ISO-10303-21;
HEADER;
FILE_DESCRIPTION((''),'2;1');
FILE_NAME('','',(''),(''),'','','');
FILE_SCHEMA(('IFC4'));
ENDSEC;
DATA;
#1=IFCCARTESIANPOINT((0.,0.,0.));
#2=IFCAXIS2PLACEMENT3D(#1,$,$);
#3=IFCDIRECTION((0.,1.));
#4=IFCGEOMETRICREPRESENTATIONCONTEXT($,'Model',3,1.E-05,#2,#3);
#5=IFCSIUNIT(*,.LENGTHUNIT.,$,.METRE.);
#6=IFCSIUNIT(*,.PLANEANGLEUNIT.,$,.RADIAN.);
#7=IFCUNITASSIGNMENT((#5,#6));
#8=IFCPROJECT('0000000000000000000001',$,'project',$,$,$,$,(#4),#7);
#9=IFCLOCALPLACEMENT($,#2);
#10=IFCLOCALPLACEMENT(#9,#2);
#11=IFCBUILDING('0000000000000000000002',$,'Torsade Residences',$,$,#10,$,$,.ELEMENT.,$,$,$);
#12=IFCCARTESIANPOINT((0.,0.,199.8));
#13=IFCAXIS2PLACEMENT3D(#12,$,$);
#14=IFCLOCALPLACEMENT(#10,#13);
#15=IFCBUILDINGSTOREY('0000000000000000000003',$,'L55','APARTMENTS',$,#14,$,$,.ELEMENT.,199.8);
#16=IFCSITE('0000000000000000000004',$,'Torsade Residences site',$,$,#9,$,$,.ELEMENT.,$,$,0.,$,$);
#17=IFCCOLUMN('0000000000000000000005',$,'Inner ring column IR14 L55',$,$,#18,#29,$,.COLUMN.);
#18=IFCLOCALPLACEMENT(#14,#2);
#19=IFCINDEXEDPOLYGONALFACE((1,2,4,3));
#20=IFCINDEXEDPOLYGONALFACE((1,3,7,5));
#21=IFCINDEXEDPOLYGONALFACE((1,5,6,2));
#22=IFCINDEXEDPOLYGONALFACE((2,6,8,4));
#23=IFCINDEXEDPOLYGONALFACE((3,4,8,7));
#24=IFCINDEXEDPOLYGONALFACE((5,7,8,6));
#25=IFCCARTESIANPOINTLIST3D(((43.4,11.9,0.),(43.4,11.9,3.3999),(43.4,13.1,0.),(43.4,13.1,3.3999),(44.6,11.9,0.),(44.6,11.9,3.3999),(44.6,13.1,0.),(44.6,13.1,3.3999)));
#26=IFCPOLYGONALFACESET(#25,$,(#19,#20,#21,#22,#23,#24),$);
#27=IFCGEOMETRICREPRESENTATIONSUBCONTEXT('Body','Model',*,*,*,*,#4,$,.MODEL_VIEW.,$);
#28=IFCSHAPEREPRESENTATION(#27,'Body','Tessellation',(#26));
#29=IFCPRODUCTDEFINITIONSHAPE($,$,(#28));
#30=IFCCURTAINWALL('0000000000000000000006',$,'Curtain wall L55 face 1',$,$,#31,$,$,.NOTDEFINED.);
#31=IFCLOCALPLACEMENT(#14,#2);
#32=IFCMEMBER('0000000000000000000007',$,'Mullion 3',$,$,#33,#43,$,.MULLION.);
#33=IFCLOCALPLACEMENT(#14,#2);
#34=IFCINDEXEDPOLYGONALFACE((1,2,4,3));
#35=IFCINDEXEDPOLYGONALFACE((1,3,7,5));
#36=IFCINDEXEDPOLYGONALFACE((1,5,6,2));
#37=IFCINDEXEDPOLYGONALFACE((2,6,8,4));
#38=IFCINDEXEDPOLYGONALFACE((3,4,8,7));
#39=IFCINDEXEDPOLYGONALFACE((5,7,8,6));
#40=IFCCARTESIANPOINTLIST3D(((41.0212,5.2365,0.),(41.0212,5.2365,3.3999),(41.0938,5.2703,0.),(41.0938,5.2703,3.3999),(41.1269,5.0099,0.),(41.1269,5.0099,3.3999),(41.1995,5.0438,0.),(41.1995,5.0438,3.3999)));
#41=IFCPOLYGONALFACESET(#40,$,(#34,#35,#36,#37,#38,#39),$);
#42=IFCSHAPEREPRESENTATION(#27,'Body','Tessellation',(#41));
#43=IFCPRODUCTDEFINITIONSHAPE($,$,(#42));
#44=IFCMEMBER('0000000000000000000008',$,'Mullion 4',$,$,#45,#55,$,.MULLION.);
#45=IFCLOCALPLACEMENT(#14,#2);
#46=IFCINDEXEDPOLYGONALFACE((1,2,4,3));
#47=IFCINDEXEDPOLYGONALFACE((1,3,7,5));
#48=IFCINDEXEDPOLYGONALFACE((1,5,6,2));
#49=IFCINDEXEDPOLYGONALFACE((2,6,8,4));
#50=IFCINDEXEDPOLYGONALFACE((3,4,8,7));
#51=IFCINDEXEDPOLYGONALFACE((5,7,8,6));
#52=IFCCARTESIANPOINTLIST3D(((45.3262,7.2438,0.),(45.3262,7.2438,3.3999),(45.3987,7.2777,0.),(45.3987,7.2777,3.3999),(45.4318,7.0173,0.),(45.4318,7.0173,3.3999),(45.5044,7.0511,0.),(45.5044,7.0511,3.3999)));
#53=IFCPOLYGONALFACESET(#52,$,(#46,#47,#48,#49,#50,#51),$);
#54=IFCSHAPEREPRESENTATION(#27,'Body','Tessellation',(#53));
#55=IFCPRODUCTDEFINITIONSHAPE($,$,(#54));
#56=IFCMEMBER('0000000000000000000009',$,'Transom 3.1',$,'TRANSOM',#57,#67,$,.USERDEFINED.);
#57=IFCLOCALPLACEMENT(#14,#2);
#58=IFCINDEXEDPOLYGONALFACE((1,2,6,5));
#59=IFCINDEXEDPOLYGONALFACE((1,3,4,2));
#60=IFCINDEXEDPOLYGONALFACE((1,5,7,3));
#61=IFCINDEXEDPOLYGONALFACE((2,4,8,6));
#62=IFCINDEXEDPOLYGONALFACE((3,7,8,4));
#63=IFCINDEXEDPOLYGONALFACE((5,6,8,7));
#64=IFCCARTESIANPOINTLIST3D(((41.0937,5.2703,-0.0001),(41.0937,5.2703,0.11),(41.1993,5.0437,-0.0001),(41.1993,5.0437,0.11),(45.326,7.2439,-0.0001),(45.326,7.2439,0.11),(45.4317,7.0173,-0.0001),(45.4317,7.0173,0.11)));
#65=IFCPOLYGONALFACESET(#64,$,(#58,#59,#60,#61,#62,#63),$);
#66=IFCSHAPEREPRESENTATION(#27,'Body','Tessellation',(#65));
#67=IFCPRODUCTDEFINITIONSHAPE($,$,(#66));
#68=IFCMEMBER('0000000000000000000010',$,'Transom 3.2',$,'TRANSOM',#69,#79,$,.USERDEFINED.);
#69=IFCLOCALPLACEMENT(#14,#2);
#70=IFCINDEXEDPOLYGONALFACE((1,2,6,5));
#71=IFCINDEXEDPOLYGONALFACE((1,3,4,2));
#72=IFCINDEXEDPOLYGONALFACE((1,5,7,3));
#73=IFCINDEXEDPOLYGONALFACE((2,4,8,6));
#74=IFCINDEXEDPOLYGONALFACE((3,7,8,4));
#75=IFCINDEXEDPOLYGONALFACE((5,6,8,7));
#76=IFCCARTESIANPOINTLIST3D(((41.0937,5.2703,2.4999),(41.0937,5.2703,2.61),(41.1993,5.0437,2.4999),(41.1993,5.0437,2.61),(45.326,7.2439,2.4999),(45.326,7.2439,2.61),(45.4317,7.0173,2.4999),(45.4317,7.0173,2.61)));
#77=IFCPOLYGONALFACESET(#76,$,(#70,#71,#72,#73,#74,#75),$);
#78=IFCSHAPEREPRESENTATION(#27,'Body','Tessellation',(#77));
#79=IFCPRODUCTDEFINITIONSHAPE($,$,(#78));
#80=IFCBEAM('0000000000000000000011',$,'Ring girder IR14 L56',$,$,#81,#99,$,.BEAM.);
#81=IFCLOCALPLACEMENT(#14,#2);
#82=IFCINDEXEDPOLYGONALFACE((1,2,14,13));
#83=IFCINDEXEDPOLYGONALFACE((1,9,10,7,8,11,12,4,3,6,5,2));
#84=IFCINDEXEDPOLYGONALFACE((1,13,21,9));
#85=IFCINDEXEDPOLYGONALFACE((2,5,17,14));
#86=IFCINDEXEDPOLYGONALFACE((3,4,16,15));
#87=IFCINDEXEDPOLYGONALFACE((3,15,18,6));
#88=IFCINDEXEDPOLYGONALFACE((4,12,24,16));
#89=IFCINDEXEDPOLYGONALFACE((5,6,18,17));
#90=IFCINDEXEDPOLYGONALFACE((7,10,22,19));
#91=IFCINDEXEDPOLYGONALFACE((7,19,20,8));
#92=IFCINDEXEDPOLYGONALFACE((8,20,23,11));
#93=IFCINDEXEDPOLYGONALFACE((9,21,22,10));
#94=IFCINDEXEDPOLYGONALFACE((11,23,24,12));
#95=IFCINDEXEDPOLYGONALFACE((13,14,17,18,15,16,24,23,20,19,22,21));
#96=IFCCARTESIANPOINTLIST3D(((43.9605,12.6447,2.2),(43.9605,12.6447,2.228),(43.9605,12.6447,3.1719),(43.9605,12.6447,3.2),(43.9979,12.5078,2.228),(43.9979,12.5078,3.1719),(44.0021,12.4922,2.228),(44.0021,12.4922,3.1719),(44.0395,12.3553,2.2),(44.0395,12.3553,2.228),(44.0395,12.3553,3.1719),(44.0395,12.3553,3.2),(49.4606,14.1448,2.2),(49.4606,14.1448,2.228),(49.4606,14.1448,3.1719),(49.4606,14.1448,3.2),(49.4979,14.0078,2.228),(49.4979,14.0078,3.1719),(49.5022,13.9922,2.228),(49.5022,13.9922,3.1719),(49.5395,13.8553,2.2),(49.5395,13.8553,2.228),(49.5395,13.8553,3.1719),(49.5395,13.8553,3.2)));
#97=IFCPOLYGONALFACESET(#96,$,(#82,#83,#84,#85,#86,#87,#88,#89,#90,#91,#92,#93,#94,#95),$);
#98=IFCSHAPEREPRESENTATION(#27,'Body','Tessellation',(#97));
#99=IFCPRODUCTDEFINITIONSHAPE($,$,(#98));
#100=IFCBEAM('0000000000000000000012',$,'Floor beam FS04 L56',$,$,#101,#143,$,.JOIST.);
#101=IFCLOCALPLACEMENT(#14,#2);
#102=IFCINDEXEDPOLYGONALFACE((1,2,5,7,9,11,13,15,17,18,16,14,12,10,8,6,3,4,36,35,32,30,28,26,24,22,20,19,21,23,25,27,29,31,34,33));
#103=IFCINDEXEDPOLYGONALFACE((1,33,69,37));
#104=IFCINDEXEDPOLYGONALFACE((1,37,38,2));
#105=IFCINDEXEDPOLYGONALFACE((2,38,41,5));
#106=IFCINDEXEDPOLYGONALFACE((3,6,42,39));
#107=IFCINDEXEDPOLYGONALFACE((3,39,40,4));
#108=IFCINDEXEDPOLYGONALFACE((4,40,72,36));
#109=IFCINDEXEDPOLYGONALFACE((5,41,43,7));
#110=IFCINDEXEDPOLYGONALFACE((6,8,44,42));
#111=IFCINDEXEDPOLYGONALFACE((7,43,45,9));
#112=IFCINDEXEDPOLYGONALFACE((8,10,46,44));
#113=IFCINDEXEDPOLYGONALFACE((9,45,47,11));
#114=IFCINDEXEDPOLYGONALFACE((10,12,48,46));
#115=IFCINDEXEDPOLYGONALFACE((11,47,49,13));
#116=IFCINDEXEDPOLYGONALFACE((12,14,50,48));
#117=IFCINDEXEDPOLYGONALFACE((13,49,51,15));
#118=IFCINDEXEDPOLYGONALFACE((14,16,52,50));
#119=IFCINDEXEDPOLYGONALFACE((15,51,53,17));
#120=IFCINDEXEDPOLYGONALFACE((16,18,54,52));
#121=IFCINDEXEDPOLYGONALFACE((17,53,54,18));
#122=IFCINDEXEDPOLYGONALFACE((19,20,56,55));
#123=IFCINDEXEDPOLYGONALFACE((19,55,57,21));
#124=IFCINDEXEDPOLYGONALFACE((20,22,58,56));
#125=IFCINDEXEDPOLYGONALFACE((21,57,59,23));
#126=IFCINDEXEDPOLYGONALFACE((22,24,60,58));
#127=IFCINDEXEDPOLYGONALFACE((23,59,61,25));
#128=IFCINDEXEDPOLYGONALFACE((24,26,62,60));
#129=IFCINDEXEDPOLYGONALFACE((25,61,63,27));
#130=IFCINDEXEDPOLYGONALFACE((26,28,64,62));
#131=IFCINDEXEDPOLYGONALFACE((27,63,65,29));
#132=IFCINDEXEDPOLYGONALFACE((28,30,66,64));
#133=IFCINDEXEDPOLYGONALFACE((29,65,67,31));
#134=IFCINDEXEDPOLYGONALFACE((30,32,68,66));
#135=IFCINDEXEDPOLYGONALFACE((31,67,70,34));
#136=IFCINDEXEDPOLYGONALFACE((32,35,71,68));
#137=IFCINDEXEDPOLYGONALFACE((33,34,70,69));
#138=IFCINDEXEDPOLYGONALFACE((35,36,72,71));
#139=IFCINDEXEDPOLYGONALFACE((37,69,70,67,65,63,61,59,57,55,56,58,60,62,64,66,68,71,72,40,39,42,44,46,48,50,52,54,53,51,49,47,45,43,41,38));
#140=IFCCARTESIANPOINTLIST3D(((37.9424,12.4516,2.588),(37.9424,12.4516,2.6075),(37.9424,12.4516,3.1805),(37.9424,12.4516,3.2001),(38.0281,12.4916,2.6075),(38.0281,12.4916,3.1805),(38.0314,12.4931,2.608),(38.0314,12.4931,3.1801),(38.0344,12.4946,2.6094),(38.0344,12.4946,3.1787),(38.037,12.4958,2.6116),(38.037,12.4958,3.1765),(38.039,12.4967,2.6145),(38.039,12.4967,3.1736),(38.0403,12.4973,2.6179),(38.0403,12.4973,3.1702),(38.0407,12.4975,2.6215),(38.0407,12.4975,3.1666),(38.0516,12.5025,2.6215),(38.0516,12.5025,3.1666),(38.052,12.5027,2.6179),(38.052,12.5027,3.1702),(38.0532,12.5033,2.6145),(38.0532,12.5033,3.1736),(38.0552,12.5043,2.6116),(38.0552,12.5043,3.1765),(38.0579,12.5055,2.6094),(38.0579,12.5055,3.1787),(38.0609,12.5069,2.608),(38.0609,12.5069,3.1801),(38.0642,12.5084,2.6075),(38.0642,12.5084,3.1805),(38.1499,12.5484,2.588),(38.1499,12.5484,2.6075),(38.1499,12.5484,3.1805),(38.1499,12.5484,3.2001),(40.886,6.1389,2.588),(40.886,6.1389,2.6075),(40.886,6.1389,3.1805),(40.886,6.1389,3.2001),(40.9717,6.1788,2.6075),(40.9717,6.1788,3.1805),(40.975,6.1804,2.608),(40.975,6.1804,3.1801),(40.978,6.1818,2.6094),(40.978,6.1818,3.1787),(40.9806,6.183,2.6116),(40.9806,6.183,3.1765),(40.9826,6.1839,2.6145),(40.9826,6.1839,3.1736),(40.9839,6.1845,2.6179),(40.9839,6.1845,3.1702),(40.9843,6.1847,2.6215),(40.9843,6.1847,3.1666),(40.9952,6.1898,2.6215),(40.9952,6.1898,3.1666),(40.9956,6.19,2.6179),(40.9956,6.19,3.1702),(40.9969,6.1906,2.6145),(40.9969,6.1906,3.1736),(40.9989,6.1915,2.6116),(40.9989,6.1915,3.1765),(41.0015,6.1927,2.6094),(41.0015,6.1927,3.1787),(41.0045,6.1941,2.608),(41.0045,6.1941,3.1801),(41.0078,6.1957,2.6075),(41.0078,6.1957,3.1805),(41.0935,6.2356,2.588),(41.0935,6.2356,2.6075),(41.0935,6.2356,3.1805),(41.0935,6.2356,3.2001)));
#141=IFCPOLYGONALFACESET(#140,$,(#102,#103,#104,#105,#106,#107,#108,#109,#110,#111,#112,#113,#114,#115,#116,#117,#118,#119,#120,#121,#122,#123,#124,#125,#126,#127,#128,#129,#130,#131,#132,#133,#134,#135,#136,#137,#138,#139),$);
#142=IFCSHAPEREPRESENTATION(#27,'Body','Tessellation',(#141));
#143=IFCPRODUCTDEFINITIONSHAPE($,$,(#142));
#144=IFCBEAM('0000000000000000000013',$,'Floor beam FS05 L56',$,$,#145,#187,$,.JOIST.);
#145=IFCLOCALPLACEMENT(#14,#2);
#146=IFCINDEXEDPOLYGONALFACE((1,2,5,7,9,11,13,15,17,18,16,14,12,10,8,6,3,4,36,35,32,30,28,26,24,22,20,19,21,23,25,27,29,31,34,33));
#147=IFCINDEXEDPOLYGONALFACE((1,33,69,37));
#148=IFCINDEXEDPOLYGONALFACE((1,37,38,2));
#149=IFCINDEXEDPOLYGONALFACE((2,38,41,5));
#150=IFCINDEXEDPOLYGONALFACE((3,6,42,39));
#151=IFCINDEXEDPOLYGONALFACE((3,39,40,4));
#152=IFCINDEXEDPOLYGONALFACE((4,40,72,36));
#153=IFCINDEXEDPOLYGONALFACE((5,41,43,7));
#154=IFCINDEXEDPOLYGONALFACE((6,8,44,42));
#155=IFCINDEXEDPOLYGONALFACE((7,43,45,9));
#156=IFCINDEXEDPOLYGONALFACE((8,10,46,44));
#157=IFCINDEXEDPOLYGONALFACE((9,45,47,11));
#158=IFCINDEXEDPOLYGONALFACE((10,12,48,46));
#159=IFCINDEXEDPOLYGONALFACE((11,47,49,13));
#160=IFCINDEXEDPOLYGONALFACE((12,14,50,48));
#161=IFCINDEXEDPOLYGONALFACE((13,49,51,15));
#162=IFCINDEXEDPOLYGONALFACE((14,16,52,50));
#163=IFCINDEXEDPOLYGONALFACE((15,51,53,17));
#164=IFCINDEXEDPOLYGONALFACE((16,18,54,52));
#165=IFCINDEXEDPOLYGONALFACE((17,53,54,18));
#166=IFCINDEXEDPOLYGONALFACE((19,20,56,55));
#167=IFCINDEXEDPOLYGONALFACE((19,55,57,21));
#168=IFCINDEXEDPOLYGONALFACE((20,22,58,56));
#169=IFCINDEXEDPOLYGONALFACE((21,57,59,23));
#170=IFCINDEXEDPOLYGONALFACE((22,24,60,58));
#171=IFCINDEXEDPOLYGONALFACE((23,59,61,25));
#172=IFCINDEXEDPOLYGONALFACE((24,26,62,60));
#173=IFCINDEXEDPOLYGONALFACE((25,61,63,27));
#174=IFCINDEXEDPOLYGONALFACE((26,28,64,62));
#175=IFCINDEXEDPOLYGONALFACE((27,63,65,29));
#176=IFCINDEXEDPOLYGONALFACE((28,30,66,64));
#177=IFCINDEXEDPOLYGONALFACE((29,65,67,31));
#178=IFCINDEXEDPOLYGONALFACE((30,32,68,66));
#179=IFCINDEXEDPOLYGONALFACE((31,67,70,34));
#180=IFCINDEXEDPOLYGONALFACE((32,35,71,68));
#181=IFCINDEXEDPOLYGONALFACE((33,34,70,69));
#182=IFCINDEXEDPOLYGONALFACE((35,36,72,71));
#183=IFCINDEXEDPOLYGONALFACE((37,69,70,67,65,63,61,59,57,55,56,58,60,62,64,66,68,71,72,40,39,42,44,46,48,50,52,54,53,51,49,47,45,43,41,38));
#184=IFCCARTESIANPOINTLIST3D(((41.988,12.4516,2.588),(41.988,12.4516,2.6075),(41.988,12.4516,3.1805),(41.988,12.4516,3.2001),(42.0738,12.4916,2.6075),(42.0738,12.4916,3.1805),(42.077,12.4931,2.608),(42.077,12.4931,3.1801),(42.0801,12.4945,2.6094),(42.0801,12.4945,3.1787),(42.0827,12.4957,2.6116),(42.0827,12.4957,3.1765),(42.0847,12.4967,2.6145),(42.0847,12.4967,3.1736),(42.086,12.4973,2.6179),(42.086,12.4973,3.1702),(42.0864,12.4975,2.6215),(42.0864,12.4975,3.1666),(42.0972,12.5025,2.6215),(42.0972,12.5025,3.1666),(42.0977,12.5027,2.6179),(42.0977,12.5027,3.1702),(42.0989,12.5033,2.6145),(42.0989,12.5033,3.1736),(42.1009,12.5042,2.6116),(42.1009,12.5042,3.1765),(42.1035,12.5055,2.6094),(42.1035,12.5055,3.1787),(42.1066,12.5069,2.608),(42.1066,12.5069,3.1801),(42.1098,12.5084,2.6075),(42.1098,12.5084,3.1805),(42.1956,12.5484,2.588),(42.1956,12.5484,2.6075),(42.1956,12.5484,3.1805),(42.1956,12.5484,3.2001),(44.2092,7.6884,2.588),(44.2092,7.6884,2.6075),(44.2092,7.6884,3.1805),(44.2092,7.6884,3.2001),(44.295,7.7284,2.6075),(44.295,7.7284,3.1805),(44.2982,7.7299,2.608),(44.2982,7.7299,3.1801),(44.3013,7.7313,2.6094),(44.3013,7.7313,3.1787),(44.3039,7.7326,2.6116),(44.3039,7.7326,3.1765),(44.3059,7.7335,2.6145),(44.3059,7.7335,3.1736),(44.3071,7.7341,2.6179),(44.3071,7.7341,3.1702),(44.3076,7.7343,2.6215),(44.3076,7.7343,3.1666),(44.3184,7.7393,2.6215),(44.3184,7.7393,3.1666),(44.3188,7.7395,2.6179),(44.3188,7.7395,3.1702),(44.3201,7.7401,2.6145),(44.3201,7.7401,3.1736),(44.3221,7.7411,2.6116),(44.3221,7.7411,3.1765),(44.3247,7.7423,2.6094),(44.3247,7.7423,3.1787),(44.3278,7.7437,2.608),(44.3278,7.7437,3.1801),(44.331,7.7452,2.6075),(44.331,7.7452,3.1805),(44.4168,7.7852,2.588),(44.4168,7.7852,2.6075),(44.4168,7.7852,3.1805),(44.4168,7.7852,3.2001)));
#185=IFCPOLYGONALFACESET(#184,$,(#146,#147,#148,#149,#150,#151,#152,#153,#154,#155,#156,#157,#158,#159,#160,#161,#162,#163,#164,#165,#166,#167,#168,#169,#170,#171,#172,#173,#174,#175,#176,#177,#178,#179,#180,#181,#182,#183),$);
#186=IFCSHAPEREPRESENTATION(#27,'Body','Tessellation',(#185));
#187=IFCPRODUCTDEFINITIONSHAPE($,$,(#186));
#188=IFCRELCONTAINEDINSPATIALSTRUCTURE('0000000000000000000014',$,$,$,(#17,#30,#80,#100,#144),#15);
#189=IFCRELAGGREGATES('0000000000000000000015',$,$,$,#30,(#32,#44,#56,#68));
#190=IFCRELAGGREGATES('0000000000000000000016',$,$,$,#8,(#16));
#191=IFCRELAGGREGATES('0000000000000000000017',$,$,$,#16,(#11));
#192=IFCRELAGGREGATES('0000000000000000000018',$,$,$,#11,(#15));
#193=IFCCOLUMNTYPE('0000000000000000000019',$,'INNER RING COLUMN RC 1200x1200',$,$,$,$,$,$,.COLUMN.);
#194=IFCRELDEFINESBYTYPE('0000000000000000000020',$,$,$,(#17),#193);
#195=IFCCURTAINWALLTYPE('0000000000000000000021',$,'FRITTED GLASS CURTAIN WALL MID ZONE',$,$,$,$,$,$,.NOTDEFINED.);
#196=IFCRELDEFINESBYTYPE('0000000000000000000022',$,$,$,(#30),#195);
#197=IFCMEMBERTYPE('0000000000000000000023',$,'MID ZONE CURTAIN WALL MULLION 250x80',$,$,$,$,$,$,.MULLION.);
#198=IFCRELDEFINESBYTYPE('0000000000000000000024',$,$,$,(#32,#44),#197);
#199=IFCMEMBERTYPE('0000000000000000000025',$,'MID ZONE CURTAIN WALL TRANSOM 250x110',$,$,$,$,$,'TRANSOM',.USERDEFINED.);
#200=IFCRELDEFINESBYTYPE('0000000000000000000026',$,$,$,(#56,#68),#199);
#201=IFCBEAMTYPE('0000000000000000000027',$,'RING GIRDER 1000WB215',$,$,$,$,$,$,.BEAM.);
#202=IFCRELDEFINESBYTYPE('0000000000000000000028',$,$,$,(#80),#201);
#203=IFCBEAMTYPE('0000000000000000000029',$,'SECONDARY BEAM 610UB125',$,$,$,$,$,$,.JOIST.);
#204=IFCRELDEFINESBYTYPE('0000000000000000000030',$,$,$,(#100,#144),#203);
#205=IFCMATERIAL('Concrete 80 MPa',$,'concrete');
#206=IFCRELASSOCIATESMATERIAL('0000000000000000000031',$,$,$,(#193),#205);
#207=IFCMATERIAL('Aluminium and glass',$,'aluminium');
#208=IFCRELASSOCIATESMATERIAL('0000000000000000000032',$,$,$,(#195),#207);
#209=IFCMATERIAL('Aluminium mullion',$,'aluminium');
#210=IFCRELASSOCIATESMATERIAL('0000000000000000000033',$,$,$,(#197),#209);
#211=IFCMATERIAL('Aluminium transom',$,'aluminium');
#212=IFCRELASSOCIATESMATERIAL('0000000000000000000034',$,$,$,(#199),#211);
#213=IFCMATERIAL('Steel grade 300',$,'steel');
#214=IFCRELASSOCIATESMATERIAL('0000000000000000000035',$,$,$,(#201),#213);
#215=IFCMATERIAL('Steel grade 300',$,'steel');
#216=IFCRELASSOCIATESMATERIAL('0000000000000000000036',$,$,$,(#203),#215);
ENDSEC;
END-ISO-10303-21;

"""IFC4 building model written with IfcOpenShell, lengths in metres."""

from ifc_helpers import new_model, si_unit, direction, frame, origin, origin_2d, place, context, subcontext, project, spatial, rectangle, i_section, extrude, material, material_profile, profile_set, type_object, element, aggregate, save


model = new_model("IFC4")

# Units and contexts
model_context = context("Model", 3, precision=1e-05, world=origin(), true_north=direction((0.0, 1.0)))
body_context = subcontext(model_context, "Body", "Model", "MODEL_VIEW")
ifc_project = project(units=[si_unit("LENGTHUNIT", "METRE"), si_unit("PLANEANGLEUNIT", "RADIAN")], contexts=[model_context])

# Site, building, storey
site_placement = place(None, origin())
site = spatial("IfcSite", under=ifc_project, at=site_placement, Name="Torsade Residences site", CompositionType="ELEMENT", RefElevation=0.0)
building_placement = place(site_placement, origin())
building = spatial("IfcBuilding", under=site, at=building_placement, Name="Torsade Residences", CompositionType="ELEMENT")
storey_placement = place(building_placement, frame((0.0, 0.0, 199.8)))
storey = spatial("IfcBuildingStorey", under=building, at=storey_placement, Name="L55", Description="APARTMENTS", CompositionType="ELEMENT", Elevation=199.8)

# Column
ifc_material_1 = material(Name="Concrete 80 MPa", Category="concrete")
ifc_material_profile_1 = material_profile(ifc_material_1, rectangle(XDim=1.2, YDim=1.2, at=origin_2d()), Name="RC 1200x1200")
ifc_profile_set_1 = profile_set([ifc_material_profile_1], Name="Concrete 80 MPa")
column_type = type_object("IfcColumnType", Name="INNER RING COLUMN RC 1200x1200", PredefinedType="COLUMN", material=ifc_profile_set_1)
column_placement = place(storey_placement, frame((44.0, 12.5, 0.0), z_axis=(0.0, 0.0, 1.0), x_axis=(1.0, 0.0, 0.0)))
element("IfcColumn", 1, at=column_placement, inside=storey, type_object=column_type, Name="Inner ring column IR14 L55", PredefinedType="COLUMN", context=body_context, shape_type="SweptSolid", body=[
    extrude(rectangle(XDim=1.2, YDim=1.2, at=origin_2d()), origin(), (0.0, 0.0, 1.0), 3.3999),
])

# Curtain wall, members
ifc_material_2 = material(Name="Aluminium and glass", Category="aluminium")
curtain_wall_type = type_object("IfcCurtainWallType", Name="FRITTED GLASS CURTAIN WALL MID ZONE", PredefinedType="NOTDEFINED", material=ifc_material_2)
curtain_wall_placement = place(storey_placement, origin())
curtain_wall = element("IfcCurtainWall", 2, at=curtain_wall_placement, inside=storey, type_object=curtain_wall_type, Name="Curtain wall L55 face 1", PredefinedType="NOTDEFINED")
ifc_material_3 = material(Name="Aluminium mullion", Category="aluminium")
ifc_material_profile_2 = material_profile(ifc_material_3, rectangle(XDim=0.25, YDim=0.0801, at=origin_2d()), Name="MID ZONE CURTAIN WALL MULLION 250x80")
ifc_profile_set_2 = profile_set([ifc_material_profile_2], Name="Aluminium mullion")
member_type_1 = type_object("IfcMemberType", Name="MID ZONE CURTAIN WALL MULLION 250x80", PredefinedType="MULLION", material=ifc_profile_set_2)
member_1_placement = place(storey_placement, frame((41.1104, 5.1401, 0.0), z_axis=(0.0, 0.0, 1.0), x_axis=(-0.422618, 0.906308, 0.0)))
member_1 = element("IfcMember", 3, at=member_1_placement, type_object=member_type_1, Name="Mullion 3", PredefinedType="MULLION", context=body_context, shape_type="SweptSolid", body=[
    extrude(rectangle(XDim=0.25, YDim=0.0801, at=origin_2d()), origin(), (0.0, 0.0, 1.0), 3.3999),
])
member_2_placement = place(storey_placement, frame((45.4153, 7.1475, 0.0), z_axis=(0.0, 0.0, 1.0), x_axis=(-0.422618, 0.906308, 0.0)))
member_2 = element("IfcMember", 4, at=member_2_placement, type_object=member_type_1, Name="Mullion 4", PredefinedType="MULLION", context=body_context, shape_type="SweptSolid", body=[
    extrude(rectangle(XDim=0.25, YDim=0.0801, at=origin_2d()), origin(), (0.0, 0.0, 1.0), 3.3999),
])
ifc_material_4 = material(Name="Aluminium transom", Category="aluminium")
ifc_material_profile_3 = material_profile(ifc_material_4, rectangle(XDim=0.25, YDim=0.1101, at=origin_2d()), Name="MID ZONE CURTAIN WALL TRANSOM 250x110")
ifc_profile_set_3 = profile_set([ifc_material_profile_3], Name="Aluminium transom")
member_type_2 = type_object("IfcMemberType", Name="MID ZONE CURTAIN WALL TRANSOM 250x110", ElementType="TRANSOM", PredefinedType="USERDEFINED", material=ifc_profile_set_3)
member_3_placement = place(storey_placement, frame((41.1465, 5.157, 0.0549), z_axis=(0.906306, 0.422622, 0.0), x_axis=(-0.422622, 0.906306, 0.0)))
member_3 = element("IfcMember", 5, at=member_3_placement, type_object=member_type_2, Name="Transom 3.1", ObjectType="TRANSOM", PredefinedType="USERDEFINED", context=body_context, shape_type="SweptSolid", body=[
    extrude(rectangle(XDim=0.25, YDim=0.1101, at=origin_2d()), origin(), (0.0, 0.0, 1.0), 4.6699),
])
member_4_placement = place(storey_placement, frame((41.1465, 5.157, 2.5549), z_axis=(0.906306, 0.422622, 0.0), x_axis=(-0.422622, 0.906306, 0.0)))
member_4 = element("IfcMember", 6, at=member_4_placement, type_object=member_type_2, Name="Transom 3.2", ObjectType="TRANSOM", PredefinedType="USERDEFINED", context=body_context, shape_type="SweptSolid", body=[
    extrude(rectangle(XDim=0.25, YDim=0.1101, at=origin_2d()), origin(), (0.0, 0.0, 1.0), 4.6699),
])

# Beams
ifc_material_5 = material(Name="Steel grade 300", Category="steel")
ifc_material_profile_4 = material_profile(ifc_material_5, i_section(OverallWidth=0.3, OverallDepth=1.0, WebThickness=0.0161, FlangeThickness=0.0281, at=origin_2d()), Name="1000WB215")
ifc_profile_set_4 = profile_set([ifc_material_profile_4], Name="Steel grade 300")
beam_type_1 = type_object("IfcBeamType", Name="RING GIRDER 1000WB215", PredefinedType="BEAM", material=ifc_profile_set_4)
beam_1_placement = place(storey_placement, frame((44.0, 12.5, 2.7), z_axis=(0.964764, 0.263117, 0.0), x_axis=(-0.263117, 0.964764, 0.0)))
element("IfcBeam", 7, at=beam_1_placement, inside=storey, type_object=beam_type_1, Name="Ring girder IR14 L56", PredefinedType="BEAM", context=body_context, shape_type="SweptSolid", body=[
    extrude(i_section(OverallWidth=0.3, OverallDepth=1.0, WebThickness=0.0161, FlangeThickness=0.0281, at=origin_2d()), origin(), (0.0, 0.0, 1.0), 5.7009),
])
ifc_material_6 = material(Name="Steel grade 300", Category="steel")
ifc_material_profile_5 = material_profile(ifc_material_6, i_section(OverallWidth=0.229, OverallDepth=0.6121, WebThickness=0.012, FlangeThickness=0.0195, FilletRadius=0.0139, at=origin_2d()), Name="610UB125")
ifc_profile_set_5 = profile_set([ifc_material_profile_5], Name="Steel grade 300")
beam_type_2 = type_object("IfcBeamType", Name="SECONDARY BEAM 610UB125", PredefinedType="JOIST", material=ifc_profile_set_5)
beam_2_placement = place(storey_placement, frame((40.9897, 6.1873, 2.894), z_axis=(-0.422609, 0.906312, 0.0), x_axis=(-0.906312, -0.422609, 0.0)))
element("IfcBeam", 8, at=beam_2_placement, inside=storey, type_object=beam_type_2, Name="Floor beam FS04 L56", PredefinedType="JOIST", context=body_context, shape_type="SweptSolid", body=[
    extrude(i_section(OverallWidth=0.229, OverallDepth=0.6121, WebThickness=0.012, FlangeThickness=0.0195, FilletRadius=0.0139, at=origin_2d()), origin(), (0.0, 0.0, 1.0), 6.9653),
])
beam_3_placement = place(storey_placement, frame((44.313, 7.7368, 2.894), z_axis=(-0.422631, 0.906302, 0.0), x_axis=(-0.906302, -0.422631, 0.0)))
element("IfcBeam", 9, at=beam_3_placement, inside=storey, type_object=beam_type_2, Name="Floor beam FS05 L56", PredefinedType="JOIST", context=body_context, shape_type="SweptSolid", body=[
    extrude(i_section(OverallWidth=0.229, OverallDepth=0.6121, WebThickness=0.012, FlangeThickness=0.0195, FilletRadius=0.0139, at=origin_2d()), origin(), (0.0, 0.0, 1.0), 5.2556),
])

aggregate(curtain_wall, [member_1, member_2, member_3, member_4])

save(model, "model.ifc")
